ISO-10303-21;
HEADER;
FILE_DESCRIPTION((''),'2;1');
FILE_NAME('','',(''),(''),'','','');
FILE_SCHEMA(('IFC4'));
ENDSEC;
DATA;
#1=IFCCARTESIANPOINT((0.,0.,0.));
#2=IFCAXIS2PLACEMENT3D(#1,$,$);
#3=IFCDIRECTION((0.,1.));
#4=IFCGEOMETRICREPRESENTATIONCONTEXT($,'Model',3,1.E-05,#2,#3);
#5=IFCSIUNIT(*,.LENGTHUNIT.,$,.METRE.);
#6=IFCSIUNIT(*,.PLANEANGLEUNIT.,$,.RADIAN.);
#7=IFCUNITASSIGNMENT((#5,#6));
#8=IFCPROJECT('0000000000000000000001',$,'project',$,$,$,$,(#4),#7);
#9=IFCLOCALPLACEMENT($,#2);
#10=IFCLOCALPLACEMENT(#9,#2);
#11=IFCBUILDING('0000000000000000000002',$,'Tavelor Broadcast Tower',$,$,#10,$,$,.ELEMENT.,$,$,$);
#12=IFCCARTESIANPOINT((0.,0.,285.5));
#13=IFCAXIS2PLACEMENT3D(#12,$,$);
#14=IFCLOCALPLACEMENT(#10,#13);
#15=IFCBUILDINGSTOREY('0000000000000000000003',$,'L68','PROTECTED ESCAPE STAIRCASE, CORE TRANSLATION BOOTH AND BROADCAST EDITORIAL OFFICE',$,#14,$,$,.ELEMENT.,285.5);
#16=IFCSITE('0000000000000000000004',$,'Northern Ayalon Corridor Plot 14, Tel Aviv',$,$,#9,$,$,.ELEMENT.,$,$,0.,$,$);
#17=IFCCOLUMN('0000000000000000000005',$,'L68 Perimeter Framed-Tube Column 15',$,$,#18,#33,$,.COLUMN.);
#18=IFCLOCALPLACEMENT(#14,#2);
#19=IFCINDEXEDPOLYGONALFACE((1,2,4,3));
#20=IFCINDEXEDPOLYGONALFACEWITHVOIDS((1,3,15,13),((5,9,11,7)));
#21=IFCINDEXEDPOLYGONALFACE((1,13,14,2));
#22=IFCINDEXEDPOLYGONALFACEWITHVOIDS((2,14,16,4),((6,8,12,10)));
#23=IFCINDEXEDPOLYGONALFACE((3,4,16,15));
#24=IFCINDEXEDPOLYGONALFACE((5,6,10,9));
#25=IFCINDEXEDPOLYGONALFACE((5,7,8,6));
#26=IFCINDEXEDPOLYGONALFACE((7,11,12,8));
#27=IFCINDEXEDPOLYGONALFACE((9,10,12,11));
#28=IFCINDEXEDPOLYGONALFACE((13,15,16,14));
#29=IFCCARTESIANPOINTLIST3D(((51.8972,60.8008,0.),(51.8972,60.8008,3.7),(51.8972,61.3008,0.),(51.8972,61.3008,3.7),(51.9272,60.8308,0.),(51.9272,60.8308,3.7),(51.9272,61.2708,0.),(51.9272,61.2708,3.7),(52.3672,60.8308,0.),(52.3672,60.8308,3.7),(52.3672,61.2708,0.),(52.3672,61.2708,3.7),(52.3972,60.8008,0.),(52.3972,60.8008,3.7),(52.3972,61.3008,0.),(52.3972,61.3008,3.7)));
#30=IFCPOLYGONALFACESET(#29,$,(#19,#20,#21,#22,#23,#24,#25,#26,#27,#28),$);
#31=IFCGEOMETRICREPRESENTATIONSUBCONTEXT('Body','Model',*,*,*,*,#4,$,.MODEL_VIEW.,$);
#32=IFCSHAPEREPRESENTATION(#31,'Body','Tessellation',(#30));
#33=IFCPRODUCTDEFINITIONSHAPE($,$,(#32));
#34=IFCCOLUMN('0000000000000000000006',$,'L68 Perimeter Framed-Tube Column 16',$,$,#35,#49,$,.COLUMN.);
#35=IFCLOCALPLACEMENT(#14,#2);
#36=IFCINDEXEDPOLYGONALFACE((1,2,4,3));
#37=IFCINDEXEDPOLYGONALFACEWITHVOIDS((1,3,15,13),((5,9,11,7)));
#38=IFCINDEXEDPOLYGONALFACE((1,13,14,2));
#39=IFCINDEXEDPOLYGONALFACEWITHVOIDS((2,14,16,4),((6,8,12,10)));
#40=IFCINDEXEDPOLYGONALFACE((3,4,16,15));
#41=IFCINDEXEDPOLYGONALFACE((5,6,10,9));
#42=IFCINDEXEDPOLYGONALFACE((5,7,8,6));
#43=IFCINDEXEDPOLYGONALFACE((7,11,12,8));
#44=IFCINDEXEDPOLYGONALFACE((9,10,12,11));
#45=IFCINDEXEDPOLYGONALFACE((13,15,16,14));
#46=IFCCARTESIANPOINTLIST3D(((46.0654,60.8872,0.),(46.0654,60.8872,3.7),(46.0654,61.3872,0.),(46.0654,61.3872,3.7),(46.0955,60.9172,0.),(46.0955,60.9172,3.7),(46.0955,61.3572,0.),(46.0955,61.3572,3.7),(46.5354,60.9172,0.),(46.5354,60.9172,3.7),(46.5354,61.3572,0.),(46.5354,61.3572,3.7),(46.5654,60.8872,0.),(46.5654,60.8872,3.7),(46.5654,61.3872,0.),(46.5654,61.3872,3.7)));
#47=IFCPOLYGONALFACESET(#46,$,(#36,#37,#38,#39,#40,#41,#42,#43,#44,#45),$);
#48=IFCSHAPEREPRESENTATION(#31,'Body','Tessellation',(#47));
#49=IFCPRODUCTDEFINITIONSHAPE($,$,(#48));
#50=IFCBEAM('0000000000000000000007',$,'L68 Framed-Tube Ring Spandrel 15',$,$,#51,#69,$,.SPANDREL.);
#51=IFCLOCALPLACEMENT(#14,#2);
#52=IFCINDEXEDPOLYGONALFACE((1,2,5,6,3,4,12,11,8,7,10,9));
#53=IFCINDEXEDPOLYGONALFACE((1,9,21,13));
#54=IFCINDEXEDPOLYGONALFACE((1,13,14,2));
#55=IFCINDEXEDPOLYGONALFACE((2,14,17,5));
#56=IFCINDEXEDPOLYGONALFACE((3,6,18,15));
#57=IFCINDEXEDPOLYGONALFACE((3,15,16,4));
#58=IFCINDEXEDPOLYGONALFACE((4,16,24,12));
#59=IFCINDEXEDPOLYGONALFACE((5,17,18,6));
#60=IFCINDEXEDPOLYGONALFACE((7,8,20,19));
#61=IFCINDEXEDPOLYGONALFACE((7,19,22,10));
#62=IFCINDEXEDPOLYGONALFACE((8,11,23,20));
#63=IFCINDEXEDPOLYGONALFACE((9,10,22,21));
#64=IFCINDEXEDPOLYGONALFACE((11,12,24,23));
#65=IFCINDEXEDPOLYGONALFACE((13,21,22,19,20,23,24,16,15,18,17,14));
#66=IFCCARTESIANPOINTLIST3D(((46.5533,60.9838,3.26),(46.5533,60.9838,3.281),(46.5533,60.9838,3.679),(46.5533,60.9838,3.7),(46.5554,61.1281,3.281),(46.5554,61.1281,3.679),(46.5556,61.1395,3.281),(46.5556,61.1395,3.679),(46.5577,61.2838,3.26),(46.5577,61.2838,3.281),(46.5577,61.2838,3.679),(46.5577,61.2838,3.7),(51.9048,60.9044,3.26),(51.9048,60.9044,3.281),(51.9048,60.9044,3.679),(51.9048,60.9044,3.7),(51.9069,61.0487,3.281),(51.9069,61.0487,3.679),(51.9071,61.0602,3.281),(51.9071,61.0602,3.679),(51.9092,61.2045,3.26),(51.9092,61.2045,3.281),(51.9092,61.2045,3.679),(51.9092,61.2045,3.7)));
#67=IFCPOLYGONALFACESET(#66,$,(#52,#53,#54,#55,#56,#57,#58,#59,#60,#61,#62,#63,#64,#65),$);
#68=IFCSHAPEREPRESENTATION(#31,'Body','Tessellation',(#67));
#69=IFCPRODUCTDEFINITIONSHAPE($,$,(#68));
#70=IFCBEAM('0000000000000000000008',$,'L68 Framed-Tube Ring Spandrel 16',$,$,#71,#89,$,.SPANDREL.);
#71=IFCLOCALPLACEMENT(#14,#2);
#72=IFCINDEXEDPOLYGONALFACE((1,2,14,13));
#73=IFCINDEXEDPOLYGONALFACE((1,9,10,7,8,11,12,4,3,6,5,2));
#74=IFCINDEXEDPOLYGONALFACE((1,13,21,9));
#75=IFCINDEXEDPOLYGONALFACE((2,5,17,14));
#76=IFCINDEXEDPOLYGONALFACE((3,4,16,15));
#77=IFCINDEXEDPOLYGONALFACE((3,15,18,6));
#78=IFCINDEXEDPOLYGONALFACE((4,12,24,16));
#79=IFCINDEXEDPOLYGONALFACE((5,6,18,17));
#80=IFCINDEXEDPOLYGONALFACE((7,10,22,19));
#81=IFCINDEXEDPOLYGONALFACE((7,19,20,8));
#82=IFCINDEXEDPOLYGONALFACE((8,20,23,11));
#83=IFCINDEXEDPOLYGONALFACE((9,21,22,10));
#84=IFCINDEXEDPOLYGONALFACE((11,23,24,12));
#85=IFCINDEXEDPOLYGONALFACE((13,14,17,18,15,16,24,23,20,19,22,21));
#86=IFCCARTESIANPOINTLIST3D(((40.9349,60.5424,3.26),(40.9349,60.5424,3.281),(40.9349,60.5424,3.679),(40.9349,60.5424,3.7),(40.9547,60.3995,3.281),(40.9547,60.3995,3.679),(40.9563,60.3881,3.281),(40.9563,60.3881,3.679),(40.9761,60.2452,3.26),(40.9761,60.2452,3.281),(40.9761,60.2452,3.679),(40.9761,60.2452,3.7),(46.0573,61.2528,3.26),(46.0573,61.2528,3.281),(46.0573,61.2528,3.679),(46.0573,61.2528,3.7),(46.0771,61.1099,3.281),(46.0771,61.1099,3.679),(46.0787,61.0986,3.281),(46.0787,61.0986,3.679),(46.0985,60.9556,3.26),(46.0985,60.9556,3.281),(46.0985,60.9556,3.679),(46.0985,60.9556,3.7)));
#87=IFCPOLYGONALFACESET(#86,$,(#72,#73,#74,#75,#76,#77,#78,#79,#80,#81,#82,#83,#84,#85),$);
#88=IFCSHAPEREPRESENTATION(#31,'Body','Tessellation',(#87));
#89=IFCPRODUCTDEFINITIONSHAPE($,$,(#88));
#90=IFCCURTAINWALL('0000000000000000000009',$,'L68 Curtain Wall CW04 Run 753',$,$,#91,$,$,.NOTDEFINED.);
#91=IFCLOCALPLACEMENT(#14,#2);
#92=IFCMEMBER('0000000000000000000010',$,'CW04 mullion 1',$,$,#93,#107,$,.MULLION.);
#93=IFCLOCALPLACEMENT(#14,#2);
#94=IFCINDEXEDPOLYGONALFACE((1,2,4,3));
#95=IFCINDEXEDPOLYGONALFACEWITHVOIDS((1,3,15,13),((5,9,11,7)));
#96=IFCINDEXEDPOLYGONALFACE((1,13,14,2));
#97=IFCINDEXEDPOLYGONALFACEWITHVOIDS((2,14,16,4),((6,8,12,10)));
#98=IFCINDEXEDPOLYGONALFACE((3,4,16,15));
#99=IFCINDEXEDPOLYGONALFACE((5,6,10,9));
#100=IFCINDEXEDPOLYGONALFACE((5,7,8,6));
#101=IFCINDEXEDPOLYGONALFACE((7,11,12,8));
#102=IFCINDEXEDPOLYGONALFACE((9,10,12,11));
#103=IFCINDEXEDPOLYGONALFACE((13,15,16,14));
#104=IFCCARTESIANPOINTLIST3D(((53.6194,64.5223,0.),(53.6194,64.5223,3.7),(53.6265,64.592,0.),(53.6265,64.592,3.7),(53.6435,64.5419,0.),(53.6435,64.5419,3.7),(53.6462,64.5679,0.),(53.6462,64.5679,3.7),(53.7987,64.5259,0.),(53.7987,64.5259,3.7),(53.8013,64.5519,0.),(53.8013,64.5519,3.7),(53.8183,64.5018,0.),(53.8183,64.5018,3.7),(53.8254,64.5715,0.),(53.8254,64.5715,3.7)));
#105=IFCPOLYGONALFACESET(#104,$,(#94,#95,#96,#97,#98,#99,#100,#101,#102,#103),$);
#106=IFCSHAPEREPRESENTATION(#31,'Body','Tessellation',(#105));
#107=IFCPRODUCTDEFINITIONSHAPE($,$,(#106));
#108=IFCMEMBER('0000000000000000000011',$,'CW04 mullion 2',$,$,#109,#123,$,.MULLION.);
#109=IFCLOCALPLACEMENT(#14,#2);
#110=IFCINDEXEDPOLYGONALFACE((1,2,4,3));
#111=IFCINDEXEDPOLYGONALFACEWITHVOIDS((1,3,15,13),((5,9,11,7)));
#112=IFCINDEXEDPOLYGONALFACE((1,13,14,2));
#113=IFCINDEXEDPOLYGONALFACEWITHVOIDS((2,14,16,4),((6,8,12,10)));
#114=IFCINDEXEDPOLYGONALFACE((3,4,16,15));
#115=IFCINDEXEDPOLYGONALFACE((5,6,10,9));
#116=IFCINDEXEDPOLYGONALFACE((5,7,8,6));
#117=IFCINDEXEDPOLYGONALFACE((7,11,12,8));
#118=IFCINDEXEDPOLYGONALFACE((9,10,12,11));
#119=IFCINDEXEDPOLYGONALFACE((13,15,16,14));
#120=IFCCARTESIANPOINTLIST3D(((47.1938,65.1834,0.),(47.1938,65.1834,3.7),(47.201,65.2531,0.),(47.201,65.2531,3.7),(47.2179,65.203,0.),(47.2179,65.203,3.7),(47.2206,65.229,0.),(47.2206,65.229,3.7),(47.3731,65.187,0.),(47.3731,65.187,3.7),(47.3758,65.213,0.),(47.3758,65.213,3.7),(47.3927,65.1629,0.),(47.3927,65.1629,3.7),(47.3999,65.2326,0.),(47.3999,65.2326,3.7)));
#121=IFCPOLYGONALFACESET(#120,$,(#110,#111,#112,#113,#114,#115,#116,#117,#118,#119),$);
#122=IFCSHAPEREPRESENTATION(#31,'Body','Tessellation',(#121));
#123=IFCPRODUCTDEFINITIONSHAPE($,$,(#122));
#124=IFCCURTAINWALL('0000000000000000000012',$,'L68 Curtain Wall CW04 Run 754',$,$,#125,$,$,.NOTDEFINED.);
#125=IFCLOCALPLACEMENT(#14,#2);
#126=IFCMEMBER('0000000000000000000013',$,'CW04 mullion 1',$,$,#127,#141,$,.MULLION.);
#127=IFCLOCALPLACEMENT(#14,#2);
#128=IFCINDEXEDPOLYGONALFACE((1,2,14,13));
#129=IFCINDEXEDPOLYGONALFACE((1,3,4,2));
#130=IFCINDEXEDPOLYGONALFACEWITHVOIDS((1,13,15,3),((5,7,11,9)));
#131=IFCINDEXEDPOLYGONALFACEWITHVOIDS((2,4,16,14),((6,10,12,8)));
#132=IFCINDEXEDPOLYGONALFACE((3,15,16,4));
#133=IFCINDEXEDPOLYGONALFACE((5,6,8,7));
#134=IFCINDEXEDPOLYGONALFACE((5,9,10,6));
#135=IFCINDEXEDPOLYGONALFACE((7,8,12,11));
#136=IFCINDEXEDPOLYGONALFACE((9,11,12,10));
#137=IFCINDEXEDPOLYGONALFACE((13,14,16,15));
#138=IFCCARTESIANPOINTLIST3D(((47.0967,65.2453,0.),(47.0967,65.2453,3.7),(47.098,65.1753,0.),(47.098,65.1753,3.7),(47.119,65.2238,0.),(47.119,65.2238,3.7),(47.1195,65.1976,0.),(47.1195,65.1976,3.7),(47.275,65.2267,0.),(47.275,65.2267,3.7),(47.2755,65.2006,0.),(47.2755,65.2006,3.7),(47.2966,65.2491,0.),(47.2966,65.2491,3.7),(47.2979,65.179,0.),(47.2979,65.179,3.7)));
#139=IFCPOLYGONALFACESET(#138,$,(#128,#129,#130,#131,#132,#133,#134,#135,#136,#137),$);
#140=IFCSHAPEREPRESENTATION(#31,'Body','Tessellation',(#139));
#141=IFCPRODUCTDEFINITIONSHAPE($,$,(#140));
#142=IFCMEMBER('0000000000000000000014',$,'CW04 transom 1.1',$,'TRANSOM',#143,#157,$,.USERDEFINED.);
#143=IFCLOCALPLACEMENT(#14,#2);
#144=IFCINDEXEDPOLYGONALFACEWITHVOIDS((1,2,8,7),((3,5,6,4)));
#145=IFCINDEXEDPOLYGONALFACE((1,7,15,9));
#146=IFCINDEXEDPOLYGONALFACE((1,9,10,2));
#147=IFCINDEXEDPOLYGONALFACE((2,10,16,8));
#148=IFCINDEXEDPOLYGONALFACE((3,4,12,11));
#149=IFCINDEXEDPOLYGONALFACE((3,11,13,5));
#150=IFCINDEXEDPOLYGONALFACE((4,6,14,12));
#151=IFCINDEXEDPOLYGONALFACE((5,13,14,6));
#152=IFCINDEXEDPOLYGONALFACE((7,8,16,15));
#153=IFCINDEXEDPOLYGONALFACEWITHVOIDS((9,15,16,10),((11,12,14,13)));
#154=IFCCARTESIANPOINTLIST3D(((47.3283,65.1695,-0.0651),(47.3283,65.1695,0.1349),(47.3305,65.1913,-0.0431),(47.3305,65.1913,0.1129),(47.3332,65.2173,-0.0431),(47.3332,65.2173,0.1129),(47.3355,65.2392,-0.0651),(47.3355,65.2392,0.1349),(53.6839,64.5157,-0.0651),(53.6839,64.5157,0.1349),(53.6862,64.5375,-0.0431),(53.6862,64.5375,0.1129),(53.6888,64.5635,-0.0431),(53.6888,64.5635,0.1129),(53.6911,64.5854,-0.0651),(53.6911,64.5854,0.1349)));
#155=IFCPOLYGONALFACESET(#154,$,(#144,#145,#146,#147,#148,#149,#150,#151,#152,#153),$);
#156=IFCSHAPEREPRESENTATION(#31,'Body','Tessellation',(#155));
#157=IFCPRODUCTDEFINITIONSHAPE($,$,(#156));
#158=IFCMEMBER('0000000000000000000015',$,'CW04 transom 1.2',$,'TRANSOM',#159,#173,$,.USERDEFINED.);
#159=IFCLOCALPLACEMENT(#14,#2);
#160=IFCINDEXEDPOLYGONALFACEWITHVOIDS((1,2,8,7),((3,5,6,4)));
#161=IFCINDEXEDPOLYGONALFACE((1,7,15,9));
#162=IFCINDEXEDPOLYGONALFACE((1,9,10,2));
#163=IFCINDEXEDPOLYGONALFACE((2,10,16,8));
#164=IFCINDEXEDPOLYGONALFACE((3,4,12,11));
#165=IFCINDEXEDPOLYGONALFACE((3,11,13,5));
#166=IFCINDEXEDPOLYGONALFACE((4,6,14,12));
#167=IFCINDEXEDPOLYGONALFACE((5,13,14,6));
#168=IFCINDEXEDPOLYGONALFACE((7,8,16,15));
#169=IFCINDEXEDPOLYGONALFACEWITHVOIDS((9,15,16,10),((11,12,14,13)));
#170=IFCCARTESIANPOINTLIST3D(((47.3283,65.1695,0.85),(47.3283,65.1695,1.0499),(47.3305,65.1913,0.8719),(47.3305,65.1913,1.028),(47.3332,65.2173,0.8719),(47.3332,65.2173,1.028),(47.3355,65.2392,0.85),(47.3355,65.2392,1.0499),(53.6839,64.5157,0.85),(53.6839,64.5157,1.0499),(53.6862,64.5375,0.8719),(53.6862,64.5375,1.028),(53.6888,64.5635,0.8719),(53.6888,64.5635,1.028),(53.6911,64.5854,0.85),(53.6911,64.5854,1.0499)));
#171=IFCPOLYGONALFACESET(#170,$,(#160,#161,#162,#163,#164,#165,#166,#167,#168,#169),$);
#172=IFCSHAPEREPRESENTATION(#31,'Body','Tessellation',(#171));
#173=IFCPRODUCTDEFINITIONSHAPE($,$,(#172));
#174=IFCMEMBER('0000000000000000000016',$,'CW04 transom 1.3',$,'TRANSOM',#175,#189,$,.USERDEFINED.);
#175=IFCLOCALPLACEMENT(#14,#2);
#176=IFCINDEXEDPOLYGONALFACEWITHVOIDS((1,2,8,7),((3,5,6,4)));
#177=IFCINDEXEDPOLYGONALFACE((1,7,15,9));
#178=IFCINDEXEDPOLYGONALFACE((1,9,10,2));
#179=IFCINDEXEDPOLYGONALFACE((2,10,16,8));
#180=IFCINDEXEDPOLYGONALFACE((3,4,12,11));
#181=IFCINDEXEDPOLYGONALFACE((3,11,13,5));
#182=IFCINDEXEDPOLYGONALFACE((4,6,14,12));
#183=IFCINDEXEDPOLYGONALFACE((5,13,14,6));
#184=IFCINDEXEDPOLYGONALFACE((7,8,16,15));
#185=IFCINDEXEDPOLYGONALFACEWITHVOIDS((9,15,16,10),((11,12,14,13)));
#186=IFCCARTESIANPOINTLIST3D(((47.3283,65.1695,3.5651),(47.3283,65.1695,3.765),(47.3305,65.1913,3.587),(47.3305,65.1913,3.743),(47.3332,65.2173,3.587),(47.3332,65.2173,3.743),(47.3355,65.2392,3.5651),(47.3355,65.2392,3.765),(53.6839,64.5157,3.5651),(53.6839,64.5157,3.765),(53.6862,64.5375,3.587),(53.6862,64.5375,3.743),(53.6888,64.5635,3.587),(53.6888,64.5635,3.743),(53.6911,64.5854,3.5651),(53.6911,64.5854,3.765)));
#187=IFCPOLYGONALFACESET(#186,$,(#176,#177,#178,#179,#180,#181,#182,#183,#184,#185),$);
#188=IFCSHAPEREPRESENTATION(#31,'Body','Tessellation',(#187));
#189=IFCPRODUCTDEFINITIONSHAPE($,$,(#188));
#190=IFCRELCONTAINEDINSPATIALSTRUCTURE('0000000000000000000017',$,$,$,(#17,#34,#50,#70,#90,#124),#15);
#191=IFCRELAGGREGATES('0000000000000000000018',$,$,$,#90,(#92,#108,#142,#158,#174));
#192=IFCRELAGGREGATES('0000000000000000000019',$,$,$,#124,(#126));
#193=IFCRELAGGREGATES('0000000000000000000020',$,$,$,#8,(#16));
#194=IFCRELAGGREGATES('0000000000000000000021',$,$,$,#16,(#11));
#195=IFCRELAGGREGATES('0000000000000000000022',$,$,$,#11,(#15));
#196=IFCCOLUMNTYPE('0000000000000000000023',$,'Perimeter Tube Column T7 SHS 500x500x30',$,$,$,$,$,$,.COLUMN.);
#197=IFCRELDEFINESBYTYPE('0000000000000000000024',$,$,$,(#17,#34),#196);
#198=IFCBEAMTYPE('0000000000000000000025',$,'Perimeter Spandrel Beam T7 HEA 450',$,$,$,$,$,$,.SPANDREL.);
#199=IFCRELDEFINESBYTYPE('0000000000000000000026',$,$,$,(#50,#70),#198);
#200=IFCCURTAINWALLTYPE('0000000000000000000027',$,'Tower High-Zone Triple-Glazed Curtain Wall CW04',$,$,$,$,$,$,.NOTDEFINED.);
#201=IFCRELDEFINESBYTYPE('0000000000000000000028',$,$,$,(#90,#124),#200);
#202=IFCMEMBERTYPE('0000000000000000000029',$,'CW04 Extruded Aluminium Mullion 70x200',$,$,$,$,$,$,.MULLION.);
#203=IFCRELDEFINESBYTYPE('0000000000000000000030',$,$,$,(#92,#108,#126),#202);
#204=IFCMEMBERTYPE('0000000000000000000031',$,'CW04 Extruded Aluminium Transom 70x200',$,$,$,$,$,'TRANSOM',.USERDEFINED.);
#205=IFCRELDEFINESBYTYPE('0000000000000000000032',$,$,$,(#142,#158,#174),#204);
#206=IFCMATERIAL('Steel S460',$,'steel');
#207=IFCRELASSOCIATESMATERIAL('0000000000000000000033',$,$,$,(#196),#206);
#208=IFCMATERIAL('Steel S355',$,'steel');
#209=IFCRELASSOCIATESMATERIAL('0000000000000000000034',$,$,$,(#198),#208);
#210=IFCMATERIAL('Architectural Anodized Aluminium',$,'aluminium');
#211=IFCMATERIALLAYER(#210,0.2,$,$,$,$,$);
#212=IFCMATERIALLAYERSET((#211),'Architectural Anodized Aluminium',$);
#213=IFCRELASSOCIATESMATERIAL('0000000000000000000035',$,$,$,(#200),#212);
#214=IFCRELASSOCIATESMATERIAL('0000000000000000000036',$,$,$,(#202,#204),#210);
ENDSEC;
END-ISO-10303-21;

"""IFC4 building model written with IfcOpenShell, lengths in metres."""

from ifc_helpers import new_model, si_unit, direction, frame, origin, origin_2d, place, context, subcontext, project, spatial, hollow_rectangle, i_section, extrude, source, transform, mapped, material, layer, layer_set, material_profile, profile_set, type_object, type_shapes, element, aggregate, save


model = new_model("IFC4")

# Units and contexts
model_context = context("Model", 3, precision=1e-05, world=origin(), true_north=direction((0.0, 1.0)))
body_context = subcontext(model_context, "Body", "Model", "MODEL_VIEW")
ifc_project = project(units=[si_unit("LENGTHUNIT", "METRE"), si_unit("PLANEANGLEUNIT", "RADIAN")], contexts=[model_context])

# Site, building, storey
site_placement = place(None, origin())
site = spatial("IfcSite", under=ifc_project, at=site_placement, Name="Northern Ayalon Corridor Plot 14, Tel Aviv", CompositionType="ELEMENT", RefElevation=0.0)
building_placement = place(site_placement, origin())
building = spatial("IfcBuilding", under=site, at=building_placement, Name="Tavelor Broadcast Tower", CompositionType="ELEMENT")
storey_placement = place(building_placement, frame((0.0, 0.0, 285.5)))
storey = spatial("IfcBuildingStorey", under=building, at=storey_placement, Name="L68", Description="PROTECTED ESCAPE STAIRCASE, CORE TRANSLATION BOOTH AND BROADCAST EDITORIAL OFFICE", CompositionType="ELEMENT", Elevation=285.5)

# Columns
ifc_material_1 = material(Name="Steel S460", Category="steel")
ifc_material_profile_1 = material_profile(ifc_material_1, hollow_rectangle(XDim=0.5, YDim=0.5, WallThickness=0.03, at=origin_2d()), Name="SHS 500x500x30")
ifc_profile_set_1 = profile_set([ifc_material_profile_1], Name="Steel S460")
column_type = type_object("IfcColumnType", Name="Perimeter Tube Column T7 SHS 500x500x30", PredefinedType="COLUMN", material=ifc_profile_set_1)
for number, where, z_axis, x_axis, name in (
    (1, (52.1472, 61.0508, 0.0), (0.0, 0.0, 1.0), (1.0, 0.0, 0.0), "L68 Perimeter Framed-Tube Column 15"),
    (2, (46.3154, 61.1372, 0.0), (0.0, 0.0, 1.0), (1.0, 0.0, 0.0), "L68 Perimeter Framed-Tube Column 16"),
):
    element("IfcColumn", number, at=place(storey_placement, frame(where, z_axis=z_axis, x_axis=x_axis)), inside=storey, type_object=column_type, Name=name, PredefinedType="COLUMN", context=body_context, shape_type="SweptSolid", body=[
        extrude(hollow_rectangle(XDim=0.5, YDim=0.5, WallThickness=0.03, at=origin_2d()), origin(), (0.0, 0.0, 1.0), 3.7),
    ])

# Beams
ifc_material_2 = material(Name="Steel S355", Category="steel")
ifc_material_profile_2 = material_profile(ifc_material_2, i_section(OverallWidth=0.3, OverallDepth=0.4399, WebThickness=0.0115, FlangeThickness=0.021, at=origin_2d()), Name="HEA 450")
ifc_profile_set_2 = profile_set([ifc_material_profile_2], Name="Steel S355")
beam_type = type_object("IfcBeamType", Name="Perimeter Spandrel Beam T7 HEA 450", PredefinedType="SPANDREL", material=ifc_profile_set_2)
beam_1_placement = place(storey_placement, frame((51.907, 61.0544, 3.48), z_axis=(-0.99989, 0.014825, 0.0), x_axis=(-0.014825, -0.99989, 0.0)))
element("IfcBeam", 3, at=beam_1_placement, inside=storey, type_object=beam_type, Name="L68 Framed-Tube Ring Spandrel 15", PredefinedType="SPANDREL", context=body_context, shape_type="SweptSolid", body=[
    extrude(i_section(OverallWidth=0.3, OverallDepth=0.4399, WebThickness=0.0115, FlangeThickness=0.021, at=origin_2d()), origin(), (0.0, 0.0, 1.0), 5.3521),
])
beam_2_placement = place(storey_placement, frame((46.0779, 61.1042, 3.48), z_axis=(-0.990518, -0.137382, 0.0), x_axis=(0.137382, -0.990518, 0.0)))
element("IfcBeam", 4, at=beam_2_placement, inside=storey, type_object=beam_type, Name="L68 Framed-Tube Ring Spandrel 16", PredefinedType="SPANDREL", context=body_context, shape_type="SweptSolid", body=[
    extrude(i_section(OverallWidth=0.3, OverallDepth=0.4399, WebThickness=0.0115, FlangeThickness=0.021, at=origin_2d()), origin(), (0.0, 0.0, 1.0), 5.1714),
])

# Curtain wall, members
ifc_material_3 = material(Name="Architectural Anodized Aluminium", Category="aluminium")
ifc_layer_1 = layer(ifc_material_3, 0.2)
ifc_layer_set_1 = layer_set([ifc_layer_1], Name="Architectural Anodized Aluminium")
curtain_wall_type = type_object("IfcCurtainWallType", Name="Tower High-Zone Triple-Glazed Curtain Wall CW04", PredefinedType="NOTDEFINED", material=ifc_layer_set_1)
curtain_wall_1_placement = place(storey_placement, origin())
curtain_wall_1 = element("IfcCurtainWall", 5, at=curtain_wall_1_placement, inside=storey, type_object=curtain_wall_type, Name="L68 Curtain Wall CW04 Run 753", PredefinedType="NOTDEFINED")
ifc_material_profile_3 = material_profile(ifc_material_3, hollow_rectangle(XDim=0.0701, YDim=0.2, WallThickness=0.022, at=origin_2d()), Name="RHS 70x200x22")
ifc_profile_set_3 = profile_set([ifc_material_profile_3], Name="Architectural Anodized Aluminium")
member_type_1 = type_object("IfcMemberType", Name="CW04 Extruded Aluminium Mullion 70x200", PredefinedType="MULLION", material=ifc_profile_set_3)
shared_shape_1 = source(origin(), body_context, "Body", "SweptSolid", [
    extrude(hollow_rectangle(XDim=0.0701, YDim=0.2, WallThickness=0.022, at=origin_2d()), origin(), (0.0, 0.0, 1.0), 3.7),
])
type_shapes(member_type_1, [shared_shape_1])
member_1_placement = place(storey_placement, frame((53.7224, 64.5469, 0.0), z_axis=(0.0, 0.0, 1.0), x_axis=(-0.102353, -0.994748, 0.0)))
member_1 = element("IfcMember", 6, at=member_1_placement, type_object=member_type_1, Name="CW04 mullion 1", PredefinedType="MULLION", context=body_context, shape_type="MappedRepresentation", body=[
    mapped(shared_shape_1, transform((0.0, 0.0, 0.0), scale=1.0)),
])
member_2_placement = place(storey_placement, frame((47.2969, 65.208, 0.0), z_axis=(0.0, 0.0, 1.0), x_axis=(-0.102353, -0.994748, 0.0)))
member_2 = element("IfcMember", 7, at=member_2_placement, type_object=member_type_1, Name="CW04 mullion 2", PredefinedType="MULLION", context=body_context, shape_type="MappedRepresentation", body=[
    mapped(shared_shape_1, transform((0.0, 0.0, 0.0), scale=1.0)),
])

# Curtain wall, member
curtain_wall_2_placement = place(storey_placement, origin())
curtain_wall_2 = element("IfcCurtainWall", 8, at=curtain_wall_2_placement, inside=storey, type_object=curtain_wall_type, Name="L68 Curtain Wall CW04 Run 754", PredefinedType="NOTDEFINED")
member_3_placement = place(storey_placement, frame((47.1973, 65.2122, 0.0), z_axis=(0.0, 0.0, 1.0), x_axis=(0.018758, -0.999824, 0.0)))
member_3 = element("IfcMember", 9, at=member_3_placement, type_object=member_type_1, Name="CW04 mullion 1", PredefinedType="MULLION", context=body_context, shape_type="MappedRepresentation", body=[
    mapped(shared_shape_1, transform((0.0, 0.0, 0.0), scale=1.0)),
])

# Members
ifc_material_profile_4 = material_profile(ifc_material_3, hollow_rectangle(XDim=0.0701, YDim=0.2, WallThickness=0.022, at=origin_2d()), Name="RHS 70x200x22")
ifc_profile_set_4 = profile_set([ifc_material_profile_4], Name="Architectural Anodized Aluminium")
member_type_2 = type_object("IfcMemberType", Name="CW04 Extruded Aluminium Transom 70x200", ElementType="TRANSOM", PredefinedType="USERDEFINED", material=ifc_profile_set_4)
shared_shape_2 = source(origin(), body_context, "Body", "SweptSolid", [
    extrude(hollow_rectangle(XDim=0.0701, YDim=0.2, WallThickness=0.022, at=origin_2d()), origin(), (0.0, 0.0, 1.0), 6.3892),
])
member_4_placement = place(storey_placement, frame((53.6875, 64.5505, 0.0349), z_axis=(-0.994751, 0.102329, 0.0), x_axis=(-0.102329, -0.994751, 0.0)))
member_4 = element("IfcMember", 10, at=member_4_placement, type_object=member_type_2, Name="CW04 transom 1.1", ObjectType="TRANSOM", PredefinedType="USERDEFINED", context=body_context, shape_type="MappedRepresentation", body=[
    mapped(shared_shape_2, transform((0.0, 0.0, 0.0), scale=1.0)),
])
member_5_placement = place(storey_placement, frame((53.6875, 64.5505, 0.95), z_axis=(-0.994751, 0.102329, 0.0), x_axis=(-0.102329, -0.994751, 0.0)))
member_5 = element("IfcMember", 11, at=member_5_placement, type_object=member_type_2, Name="CW04 transom 1.2", ObjectType="TRANSOM", PredefinedType="USERDEFINED", context=body_context, shape_type="MappedRepresentation", body=[
    mapped(shared_shape_2, transform((0.0, 0.0, 0.0), scale=1.0)),
])
member_6_placement = place(storey_placement, frame((53.6875, 64.5505, 3.665), z_axis=(-0.994751, 0.102329, 0.0), x_axis=(-0.102329, -0.994751, 0.0)))
member_6 = element("IfcMember", 12, at=member_6_placement, type_object=member_type_2, Name="CW04 transom 1.3", ObjectType="TRANSOM", PredefinedType="USERDEFINED", context=body_context, shape_type="MappedRepresentation", body=[
    mapped(shared_shape_2, transform((0.0, 0.0, 0.0), scale=1.0)),
])

aggregate(curtain_wall_1, [member_1, member_2, member_4, member_5, member_6])
aggregate(curtain_wall_2, [member_3])

save(model, "model.ifc")
